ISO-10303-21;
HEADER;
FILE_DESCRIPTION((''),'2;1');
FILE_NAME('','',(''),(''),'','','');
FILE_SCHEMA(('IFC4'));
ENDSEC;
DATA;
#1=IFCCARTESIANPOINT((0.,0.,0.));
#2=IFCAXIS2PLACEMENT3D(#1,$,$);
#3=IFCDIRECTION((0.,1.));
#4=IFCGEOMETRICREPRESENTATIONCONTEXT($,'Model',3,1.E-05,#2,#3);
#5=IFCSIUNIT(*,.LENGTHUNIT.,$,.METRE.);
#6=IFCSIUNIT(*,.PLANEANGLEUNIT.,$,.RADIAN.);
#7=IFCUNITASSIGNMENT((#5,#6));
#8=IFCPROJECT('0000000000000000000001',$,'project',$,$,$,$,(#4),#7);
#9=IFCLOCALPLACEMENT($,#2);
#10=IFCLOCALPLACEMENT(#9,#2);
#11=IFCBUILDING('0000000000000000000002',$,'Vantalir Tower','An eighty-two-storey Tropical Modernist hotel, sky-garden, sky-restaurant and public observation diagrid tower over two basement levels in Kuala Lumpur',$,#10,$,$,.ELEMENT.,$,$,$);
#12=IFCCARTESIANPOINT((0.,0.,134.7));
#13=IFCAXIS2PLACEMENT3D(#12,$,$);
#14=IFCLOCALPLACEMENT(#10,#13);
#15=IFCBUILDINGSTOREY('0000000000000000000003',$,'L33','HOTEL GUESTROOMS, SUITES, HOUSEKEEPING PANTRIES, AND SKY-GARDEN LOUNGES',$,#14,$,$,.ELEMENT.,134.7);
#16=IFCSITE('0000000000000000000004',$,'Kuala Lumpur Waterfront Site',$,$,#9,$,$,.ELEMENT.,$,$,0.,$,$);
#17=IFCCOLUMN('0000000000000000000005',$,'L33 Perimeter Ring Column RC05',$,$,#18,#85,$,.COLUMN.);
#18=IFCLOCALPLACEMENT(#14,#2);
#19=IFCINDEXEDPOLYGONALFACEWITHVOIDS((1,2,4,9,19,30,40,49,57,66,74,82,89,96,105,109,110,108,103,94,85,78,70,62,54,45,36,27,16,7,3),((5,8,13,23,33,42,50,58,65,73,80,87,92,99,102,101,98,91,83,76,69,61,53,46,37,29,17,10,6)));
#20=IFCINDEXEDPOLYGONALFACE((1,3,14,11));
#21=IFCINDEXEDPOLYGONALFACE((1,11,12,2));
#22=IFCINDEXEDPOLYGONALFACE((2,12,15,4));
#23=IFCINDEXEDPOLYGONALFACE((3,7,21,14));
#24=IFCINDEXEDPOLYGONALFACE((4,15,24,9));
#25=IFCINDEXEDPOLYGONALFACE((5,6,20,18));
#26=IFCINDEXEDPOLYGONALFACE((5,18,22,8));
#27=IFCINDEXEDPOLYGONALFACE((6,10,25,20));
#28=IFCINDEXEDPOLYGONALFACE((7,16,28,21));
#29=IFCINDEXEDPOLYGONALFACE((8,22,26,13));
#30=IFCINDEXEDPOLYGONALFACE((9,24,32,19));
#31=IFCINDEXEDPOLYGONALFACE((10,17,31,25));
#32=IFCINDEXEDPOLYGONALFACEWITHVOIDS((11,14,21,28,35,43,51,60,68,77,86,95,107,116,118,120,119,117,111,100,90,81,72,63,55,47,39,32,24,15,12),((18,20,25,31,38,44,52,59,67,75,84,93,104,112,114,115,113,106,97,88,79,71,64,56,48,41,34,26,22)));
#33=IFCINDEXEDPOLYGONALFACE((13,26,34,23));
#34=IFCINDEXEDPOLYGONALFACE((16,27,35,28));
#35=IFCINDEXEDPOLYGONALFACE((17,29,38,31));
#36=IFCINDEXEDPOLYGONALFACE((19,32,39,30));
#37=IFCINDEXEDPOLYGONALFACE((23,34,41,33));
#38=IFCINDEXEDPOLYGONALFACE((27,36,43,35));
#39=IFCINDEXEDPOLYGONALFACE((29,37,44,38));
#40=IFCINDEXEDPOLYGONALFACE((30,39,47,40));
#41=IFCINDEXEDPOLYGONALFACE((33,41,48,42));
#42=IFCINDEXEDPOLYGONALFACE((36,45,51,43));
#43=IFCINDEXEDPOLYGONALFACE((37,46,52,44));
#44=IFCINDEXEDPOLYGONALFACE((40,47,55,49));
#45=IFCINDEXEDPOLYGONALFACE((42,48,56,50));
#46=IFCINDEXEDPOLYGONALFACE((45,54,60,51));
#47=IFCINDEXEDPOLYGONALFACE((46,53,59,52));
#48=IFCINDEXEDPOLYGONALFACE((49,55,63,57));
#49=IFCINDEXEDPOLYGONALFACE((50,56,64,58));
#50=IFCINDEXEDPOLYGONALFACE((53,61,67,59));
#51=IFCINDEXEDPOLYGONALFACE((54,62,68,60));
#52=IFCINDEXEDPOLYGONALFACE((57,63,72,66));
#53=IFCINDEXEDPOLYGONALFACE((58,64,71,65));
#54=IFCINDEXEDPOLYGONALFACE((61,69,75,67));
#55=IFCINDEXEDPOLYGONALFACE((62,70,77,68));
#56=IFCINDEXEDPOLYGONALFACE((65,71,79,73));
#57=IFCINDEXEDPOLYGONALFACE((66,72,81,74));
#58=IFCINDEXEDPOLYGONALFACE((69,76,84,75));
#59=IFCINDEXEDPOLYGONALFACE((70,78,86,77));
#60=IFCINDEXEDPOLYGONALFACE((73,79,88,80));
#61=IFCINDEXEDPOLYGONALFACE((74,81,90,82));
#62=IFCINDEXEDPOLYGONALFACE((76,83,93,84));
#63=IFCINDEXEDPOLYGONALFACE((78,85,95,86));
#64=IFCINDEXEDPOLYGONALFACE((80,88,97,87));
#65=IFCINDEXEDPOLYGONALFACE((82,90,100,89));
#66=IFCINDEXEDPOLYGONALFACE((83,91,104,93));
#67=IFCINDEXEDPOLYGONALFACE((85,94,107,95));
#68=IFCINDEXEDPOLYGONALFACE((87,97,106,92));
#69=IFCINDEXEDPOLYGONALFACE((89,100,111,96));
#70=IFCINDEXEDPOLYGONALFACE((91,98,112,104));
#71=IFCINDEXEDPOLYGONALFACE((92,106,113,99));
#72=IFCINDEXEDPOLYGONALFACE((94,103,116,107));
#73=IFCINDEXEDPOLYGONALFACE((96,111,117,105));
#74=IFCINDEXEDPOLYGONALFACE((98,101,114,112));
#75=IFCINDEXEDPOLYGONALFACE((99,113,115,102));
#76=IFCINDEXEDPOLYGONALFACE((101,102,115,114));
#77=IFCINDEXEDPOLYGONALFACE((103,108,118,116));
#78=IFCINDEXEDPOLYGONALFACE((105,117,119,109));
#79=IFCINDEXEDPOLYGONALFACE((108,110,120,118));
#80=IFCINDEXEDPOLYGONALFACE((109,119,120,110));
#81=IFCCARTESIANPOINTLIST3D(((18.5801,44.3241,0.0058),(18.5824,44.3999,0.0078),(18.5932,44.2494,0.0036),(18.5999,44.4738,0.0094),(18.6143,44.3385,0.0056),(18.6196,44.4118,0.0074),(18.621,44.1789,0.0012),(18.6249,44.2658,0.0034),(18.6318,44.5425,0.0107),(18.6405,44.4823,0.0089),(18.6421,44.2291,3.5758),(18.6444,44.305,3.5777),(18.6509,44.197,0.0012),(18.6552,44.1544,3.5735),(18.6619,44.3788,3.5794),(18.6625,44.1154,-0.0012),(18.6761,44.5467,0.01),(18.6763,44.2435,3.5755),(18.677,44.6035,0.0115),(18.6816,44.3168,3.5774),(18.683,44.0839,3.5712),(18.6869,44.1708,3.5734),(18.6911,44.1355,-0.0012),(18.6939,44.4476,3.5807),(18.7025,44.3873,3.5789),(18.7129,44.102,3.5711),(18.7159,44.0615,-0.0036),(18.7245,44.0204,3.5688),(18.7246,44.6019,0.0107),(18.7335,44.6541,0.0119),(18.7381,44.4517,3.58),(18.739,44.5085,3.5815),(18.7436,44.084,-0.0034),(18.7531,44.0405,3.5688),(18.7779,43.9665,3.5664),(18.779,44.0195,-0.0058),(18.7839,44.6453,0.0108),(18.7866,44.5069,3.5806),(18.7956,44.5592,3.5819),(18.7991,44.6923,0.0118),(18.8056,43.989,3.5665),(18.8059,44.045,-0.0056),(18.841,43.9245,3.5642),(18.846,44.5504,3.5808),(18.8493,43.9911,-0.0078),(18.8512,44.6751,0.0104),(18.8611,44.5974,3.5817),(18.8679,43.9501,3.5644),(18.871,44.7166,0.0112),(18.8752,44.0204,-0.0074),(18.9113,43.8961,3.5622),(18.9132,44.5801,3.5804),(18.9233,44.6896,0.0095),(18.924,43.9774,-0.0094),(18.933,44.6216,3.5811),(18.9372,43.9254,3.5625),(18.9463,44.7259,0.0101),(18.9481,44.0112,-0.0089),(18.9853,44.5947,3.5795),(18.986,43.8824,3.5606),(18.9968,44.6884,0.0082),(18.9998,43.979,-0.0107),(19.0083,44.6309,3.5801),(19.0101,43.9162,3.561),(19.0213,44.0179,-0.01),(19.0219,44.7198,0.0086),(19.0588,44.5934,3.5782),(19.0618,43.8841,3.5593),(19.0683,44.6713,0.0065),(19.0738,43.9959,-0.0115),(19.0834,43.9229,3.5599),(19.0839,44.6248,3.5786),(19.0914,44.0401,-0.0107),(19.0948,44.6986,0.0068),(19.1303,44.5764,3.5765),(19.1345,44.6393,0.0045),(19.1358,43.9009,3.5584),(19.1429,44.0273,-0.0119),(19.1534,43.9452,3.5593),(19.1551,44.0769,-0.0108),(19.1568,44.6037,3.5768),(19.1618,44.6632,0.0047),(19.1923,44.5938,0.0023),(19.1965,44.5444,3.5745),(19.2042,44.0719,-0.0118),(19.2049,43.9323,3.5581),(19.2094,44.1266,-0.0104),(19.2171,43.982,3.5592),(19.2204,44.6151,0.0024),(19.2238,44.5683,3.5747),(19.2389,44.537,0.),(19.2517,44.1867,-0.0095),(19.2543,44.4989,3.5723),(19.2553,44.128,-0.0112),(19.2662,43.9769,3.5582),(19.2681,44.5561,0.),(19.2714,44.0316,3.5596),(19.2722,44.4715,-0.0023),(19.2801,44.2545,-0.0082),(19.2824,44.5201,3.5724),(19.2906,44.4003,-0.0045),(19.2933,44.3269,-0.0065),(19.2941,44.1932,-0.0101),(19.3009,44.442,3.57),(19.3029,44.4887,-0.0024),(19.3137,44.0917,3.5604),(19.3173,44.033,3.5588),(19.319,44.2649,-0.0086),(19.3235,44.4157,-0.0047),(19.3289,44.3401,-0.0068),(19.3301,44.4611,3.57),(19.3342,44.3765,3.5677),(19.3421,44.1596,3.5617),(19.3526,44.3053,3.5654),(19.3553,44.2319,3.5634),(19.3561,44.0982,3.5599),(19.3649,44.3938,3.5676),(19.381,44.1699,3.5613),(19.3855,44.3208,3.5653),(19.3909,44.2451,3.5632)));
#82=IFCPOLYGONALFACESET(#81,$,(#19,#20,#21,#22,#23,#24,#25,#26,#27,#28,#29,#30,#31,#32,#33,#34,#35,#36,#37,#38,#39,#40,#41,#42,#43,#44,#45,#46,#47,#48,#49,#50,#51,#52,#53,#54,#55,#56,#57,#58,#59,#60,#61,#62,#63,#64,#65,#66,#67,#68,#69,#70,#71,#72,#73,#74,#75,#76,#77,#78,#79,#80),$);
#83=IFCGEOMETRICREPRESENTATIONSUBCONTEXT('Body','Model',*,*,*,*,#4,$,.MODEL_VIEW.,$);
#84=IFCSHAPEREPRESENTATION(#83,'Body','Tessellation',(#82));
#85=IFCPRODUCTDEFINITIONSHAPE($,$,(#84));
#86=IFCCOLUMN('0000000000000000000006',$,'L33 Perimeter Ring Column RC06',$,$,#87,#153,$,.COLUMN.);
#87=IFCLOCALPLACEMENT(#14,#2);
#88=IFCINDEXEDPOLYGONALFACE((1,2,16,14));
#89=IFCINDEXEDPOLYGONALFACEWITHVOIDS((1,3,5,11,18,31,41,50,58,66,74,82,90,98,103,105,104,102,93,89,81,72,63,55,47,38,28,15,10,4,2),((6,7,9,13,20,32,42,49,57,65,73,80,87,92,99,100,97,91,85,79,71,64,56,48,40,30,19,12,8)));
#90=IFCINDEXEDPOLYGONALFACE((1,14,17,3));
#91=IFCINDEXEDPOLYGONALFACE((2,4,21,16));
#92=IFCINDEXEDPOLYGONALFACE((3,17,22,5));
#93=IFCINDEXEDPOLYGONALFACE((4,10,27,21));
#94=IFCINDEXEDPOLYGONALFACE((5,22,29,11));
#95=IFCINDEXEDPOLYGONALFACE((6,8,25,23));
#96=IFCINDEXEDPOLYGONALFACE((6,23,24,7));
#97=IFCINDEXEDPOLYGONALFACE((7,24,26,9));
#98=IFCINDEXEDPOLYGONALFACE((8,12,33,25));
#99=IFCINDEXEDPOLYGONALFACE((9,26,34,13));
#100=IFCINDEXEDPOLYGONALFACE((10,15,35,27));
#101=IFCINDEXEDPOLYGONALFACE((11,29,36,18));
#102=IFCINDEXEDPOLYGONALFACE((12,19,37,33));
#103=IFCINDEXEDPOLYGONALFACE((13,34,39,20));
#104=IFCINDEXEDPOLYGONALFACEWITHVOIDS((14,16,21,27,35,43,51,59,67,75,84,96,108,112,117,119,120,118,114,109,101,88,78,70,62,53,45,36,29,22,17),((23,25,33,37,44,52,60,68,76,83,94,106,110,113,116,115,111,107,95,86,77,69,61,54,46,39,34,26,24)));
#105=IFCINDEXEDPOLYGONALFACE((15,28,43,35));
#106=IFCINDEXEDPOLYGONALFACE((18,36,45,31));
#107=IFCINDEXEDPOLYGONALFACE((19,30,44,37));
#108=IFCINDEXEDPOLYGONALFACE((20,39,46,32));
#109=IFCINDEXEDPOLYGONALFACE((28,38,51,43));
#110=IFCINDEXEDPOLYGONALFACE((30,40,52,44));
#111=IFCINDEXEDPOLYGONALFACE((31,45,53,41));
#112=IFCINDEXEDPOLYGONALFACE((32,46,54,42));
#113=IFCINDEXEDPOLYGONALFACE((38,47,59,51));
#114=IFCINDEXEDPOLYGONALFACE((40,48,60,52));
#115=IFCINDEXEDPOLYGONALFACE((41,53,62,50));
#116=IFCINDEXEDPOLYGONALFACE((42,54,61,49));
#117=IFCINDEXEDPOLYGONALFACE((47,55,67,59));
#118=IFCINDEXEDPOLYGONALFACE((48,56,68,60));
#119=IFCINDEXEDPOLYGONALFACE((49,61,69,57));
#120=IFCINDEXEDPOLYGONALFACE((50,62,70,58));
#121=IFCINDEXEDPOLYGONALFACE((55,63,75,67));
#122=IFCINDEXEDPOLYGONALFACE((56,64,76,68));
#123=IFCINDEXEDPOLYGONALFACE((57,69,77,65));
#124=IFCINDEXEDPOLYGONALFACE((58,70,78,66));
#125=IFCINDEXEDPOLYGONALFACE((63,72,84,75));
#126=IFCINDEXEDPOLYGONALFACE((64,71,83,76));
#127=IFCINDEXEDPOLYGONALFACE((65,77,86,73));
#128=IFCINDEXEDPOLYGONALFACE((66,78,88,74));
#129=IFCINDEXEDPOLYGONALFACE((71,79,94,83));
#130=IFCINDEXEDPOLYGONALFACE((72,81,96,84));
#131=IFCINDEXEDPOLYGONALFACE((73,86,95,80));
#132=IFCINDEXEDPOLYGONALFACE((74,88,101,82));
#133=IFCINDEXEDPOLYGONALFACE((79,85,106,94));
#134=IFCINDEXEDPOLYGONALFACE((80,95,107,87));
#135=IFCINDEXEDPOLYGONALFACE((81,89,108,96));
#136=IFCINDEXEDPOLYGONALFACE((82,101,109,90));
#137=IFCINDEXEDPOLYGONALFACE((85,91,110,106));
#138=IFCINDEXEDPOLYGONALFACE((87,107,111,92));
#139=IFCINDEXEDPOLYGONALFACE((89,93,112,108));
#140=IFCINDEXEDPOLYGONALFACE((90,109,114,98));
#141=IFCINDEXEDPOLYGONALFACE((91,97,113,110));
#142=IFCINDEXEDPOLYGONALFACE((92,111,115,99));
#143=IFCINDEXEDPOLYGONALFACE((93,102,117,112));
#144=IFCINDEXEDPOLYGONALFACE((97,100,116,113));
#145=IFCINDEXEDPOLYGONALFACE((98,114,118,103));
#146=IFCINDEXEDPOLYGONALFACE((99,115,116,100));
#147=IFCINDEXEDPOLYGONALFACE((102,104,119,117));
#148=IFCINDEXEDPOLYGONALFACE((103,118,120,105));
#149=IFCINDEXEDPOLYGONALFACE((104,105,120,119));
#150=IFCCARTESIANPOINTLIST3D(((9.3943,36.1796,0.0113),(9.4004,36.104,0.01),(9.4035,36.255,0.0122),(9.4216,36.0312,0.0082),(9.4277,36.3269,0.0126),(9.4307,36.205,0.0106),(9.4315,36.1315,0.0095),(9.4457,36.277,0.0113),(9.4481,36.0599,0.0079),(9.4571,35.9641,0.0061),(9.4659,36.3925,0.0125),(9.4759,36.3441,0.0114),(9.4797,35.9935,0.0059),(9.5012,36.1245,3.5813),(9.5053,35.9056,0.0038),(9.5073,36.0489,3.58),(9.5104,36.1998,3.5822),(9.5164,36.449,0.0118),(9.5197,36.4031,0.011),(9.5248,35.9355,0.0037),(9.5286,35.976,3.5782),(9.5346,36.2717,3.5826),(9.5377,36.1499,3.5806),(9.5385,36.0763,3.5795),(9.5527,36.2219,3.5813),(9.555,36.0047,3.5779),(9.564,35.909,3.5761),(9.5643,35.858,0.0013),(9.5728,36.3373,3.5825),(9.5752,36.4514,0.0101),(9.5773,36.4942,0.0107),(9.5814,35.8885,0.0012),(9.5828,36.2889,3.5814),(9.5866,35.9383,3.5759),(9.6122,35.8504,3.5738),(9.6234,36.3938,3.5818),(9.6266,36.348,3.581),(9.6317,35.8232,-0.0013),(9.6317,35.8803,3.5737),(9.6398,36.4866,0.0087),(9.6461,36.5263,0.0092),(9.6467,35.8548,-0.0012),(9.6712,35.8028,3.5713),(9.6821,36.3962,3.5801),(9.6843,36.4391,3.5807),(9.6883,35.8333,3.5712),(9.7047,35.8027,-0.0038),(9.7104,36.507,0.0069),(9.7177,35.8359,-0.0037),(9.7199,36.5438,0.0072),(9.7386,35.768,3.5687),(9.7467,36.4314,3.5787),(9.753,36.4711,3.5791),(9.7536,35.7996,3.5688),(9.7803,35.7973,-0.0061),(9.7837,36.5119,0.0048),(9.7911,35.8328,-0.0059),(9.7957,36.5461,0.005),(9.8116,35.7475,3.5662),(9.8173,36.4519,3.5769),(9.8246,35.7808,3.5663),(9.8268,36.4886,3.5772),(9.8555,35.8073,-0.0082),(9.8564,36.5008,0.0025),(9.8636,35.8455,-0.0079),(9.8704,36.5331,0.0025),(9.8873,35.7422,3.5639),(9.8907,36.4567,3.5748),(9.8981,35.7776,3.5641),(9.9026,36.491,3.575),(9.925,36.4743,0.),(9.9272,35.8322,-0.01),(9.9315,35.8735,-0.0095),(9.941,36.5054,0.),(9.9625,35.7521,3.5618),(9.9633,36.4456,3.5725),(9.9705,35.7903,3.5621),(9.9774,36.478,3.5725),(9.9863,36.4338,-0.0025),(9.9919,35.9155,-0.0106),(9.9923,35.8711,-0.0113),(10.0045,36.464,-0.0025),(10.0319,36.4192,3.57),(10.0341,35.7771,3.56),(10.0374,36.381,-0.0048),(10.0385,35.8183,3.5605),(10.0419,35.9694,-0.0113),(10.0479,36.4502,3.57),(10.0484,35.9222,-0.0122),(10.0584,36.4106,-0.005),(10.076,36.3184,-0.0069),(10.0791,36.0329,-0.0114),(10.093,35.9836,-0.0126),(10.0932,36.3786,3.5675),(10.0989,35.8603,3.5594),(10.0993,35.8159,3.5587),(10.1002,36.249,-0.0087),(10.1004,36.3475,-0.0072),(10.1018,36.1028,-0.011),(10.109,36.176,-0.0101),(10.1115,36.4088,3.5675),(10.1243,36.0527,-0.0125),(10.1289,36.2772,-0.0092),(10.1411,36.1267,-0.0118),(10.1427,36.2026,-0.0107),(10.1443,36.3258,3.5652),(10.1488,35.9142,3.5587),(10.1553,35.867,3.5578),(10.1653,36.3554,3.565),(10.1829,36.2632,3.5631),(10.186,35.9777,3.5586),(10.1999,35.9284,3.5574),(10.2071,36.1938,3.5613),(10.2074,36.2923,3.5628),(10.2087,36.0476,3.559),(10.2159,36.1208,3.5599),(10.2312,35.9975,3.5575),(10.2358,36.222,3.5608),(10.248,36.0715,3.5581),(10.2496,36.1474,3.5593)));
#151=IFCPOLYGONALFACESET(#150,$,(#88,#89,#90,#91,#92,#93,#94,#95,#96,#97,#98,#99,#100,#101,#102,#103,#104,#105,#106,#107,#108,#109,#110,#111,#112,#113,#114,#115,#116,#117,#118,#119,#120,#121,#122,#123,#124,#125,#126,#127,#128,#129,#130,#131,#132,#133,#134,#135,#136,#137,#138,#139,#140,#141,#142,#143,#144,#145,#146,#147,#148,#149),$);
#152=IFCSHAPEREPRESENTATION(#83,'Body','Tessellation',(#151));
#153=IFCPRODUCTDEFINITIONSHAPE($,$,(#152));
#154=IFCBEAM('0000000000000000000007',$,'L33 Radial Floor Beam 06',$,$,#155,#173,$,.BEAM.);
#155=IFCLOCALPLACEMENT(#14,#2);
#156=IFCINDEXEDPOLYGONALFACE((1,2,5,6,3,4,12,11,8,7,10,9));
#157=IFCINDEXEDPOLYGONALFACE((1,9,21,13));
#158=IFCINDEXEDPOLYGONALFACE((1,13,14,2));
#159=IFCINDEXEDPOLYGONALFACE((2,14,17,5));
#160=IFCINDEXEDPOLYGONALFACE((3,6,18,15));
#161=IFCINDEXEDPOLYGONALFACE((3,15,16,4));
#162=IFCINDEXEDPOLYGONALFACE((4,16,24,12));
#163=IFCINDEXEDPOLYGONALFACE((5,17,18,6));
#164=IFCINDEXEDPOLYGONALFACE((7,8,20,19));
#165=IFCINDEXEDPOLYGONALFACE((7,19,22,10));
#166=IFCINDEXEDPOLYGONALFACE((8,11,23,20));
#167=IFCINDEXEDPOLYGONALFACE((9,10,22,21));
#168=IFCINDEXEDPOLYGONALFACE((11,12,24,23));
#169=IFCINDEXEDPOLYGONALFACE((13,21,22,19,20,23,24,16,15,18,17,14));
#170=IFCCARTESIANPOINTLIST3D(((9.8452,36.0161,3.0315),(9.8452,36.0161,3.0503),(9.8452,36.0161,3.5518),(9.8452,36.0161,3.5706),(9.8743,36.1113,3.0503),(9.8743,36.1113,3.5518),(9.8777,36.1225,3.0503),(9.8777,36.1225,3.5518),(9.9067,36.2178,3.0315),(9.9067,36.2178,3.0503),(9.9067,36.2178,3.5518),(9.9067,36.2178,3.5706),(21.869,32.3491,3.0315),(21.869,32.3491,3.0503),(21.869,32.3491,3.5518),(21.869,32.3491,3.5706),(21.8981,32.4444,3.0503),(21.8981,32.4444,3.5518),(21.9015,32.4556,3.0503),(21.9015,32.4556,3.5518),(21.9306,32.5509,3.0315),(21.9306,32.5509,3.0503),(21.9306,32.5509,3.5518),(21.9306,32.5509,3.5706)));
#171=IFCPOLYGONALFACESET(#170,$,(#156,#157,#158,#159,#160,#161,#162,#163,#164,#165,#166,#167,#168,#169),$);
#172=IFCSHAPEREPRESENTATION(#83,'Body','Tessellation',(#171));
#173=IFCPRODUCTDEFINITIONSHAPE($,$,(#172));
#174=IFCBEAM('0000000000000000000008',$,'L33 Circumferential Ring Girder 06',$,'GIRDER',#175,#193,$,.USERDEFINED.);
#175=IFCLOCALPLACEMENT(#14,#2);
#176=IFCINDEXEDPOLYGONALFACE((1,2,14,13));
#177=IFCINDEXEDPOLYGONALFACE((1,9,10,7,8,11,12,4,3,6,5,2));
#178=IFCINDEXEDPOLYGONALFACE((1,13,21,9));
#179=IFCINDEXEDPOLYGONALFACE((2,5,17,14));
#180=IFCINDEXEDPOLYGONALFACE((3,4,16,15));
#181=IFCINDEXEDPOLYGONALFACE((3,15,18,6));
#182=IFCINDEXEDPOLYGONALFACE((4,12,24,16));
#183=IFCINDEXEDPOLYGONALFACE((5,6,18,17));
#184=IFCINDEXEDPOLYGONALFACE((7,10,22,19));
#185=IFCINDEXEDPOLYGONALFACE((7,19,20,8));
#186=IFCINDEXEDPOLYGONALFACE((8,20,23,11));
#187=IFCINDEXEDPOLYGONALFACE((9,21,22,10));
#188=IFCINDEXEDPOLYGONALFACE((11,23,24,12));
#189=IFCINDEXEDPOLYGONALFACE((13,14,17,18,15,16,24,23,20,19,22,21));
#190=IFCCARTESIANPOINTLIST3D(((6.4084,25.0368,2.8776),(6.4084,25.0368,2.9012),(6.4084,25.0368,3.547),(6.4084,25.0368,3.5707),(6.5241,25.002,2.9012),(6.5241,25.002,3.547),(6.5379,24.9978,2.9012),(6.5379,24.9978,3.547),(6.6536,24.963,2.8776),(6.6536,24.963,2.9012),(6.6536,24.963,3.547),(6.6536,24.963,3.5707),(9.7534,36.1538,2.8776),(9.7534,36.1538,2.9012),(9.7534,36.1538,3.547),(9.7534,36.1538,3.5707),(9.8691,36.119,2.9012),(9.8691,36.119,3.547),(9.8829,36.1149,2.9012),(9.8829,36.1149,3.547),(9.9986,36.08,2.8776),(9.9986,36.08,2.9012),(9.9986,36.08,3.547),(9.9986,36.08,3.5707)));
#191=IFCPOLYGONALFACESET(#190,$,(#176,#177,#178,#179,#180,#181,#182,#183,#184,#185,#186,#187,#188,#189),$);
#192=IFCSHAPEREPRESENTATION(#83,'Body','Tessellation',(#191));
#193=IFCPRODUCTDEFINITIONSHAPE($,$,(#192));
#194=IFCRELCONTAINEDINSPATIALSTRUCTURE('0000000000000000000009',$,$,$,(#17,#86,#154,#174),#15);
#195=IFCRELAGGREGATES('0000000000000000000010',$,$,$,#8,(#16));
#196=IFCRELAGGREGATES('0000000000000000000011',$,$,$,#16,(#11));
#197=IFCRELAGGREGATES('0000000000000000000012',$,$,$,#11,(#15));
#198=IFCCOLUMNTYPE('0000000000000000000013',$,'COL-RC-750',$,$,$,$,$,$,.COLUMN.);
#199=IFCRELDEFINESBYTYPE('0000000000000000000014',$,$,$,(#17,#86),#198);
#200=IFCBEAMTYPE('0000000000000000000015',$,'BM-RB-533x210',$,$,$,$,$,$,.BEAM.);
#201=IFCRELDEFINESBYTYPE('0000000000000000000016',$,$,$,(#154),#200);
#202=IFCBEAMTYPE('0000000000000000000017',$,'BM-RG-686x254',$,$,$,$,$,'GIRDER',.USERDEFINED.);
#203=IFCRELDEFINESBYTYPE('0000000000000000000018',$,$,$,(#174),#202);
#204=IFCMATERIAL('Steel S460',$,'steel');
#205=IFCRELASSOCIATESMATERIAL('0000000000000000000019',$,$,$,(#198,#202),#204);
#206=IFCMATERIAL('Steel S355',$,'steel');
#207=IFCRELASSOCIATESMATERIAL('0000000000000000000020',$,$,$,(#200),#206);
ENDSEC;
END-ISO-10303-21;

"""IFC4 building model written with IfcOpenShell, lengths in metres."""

from ifc_helpers import new_model, si_unit, direction, frame, origin, origin_2d, place, context, subcontext, project, spatial, hollow_circle, i_section, extrude, material, material_profile, profile_set, type_object, element, save


model = new_model("IFC4")

# Units and contexts
model_context = context("Model", 3, precision=1e-05, world=origin(), true_north=direction((0.0, 1.0)))
body_context = subcontext(model_context, "Body", "Model", "MODEL_VIEW")
ifc_project = project(units=[si_unit("LENGTHUNIT", "METRE"), si_unit("PLANEANGLEUNIT", "RADIAN")], contexts=[model_context])

# Site, building, storey
site_placement = place(None, origin())
site = spatial("IfcSite", under=ifc_project, at=site_placement, Name="Kuala Lumpur Waterfront Site", CompositionType="ELEMENT", RefElevation=0.0)
building_placement = place(site_placement, origin())
building = spatial("IfcBuilding", under=site, at=building_placement, Name="Vantalir Tower", Description="An eighty-two-storey Tropical Modernist hotel, sky-garden, sky-restaurant and public observation diagrid tower over two basement levels in Kuala Lumpur", CompositionType="ELEMENT")
storey_placement = place(building_placement, frame((0.0, 0.0, 134.7)))
storey = spatial("IfcBuildingStorey", under=building, at=storey_placement, Name="L33", Description="HOTEL GUESTROOMS, SUITES, HOUSEKEEPING PANTRIES, AND SKY-GARDEN LOUNGES", CompositionType="ELEMENT", Elevation=134.7)

# Columns
ifc_material_1 = material(Name="Steel S460", Category="steel")
ifc_material_profile_1 = material_profile(ifc_material_1, hollow_circle(Radius=0.375, WallThickness=0.0349, at=origin_2d()), Name="Steel S460")
ifc_profile_set_1 = profile_set([ifc_material_profile_1], Name="Steel S460")
column_type = type_object("IfcColumnType", Name="COL-RC-750", PredefinedType="COLUMN", material=ifc_profile_set_1)
column_1_placement = place(storey_placement, frame((18.9541, 44.3511, 0.0), z_axis=(0.017361, -0.026589, 0.999496), x_axis=(0.837311, 0.546727, 0.0)))
element("IfcColumn", 1, at=column_1_placement, inside=storey, type_object=column_type, Name="L33 Perimeter Ring Column RC05", PredefinedType="COLUMN", context=body_context, shape_type="SweptSolid", body=[
    extrude(hollow_circle(Radius=0.375, WallThickness=0.0349, at=origin_2d()), origin(), (0.0, 0.0, 1.0), 3.5718),
])
column_2_placement = place(storey_placement, frame((9.769, 36.1721, 0.0), z_axis=(0.029936, -0.015446, 0.999432), x_axis=(0.45854, 0.888674, 0.0)))
element("IfcColumn", 2, at=column_2_placement, inside=storey, type_object=column_type, Name="L33 Perimeter Ring Column RC06", PredefinedType="COLUMN", context=body_context, shape_type="SweptSolid", body=[
    extrude(hollow_circle(Radius=0.375, WallThickness=0.0349, at=origin_2d()), origin(), (0.0, 0.0, 1.0), 3.572),
])

# Beams
ifc_material_2 = material(Name="Steel S355", Category="steel")
ifc_material_profile_2 = material_profile(ifc_material_2, i_section(OverallWidth=0.2109, OverallDepth=0.5391, WebThickness=0.0117, FlangeThickness=0.0188, at=origin_2d()), Name="Steel S355")
ifc_profile_set_2 = profile_set([ifc_material_profile_2], Name="Steel S355")
beam_type_1 = type_object("IfcBeamType", Name="BM-RB-533x210", PredefinedType="BEAM", material=ifc_profile_set_2)
beam_1_placement = place(storey_placement, frame((9.876, 36.1169, 3.301), z_axis=(0.956507, -0.29171, 0.0), x_axis=(0.29171, 0.956507, 0.0)))
element("IfcBeam", 3, at=beam_1_placement, inside=storey, type_object=beam_type_1, Name="L33 Radial Floor Beam 06", PredefinedType="BEAM", context=body_context, shape_type="SweptSolid", body=[
    extrude(i_section(OverallWidth=0.2109, OverallDepth=0.5391, WebThickness=0.0117, FlangeThickness=0.0188, at=origin_2d()), origin(), (0.0, 0.0, 1.0), 12.5706),
])
ifc_material_profile_3 = material_profile(ifc_material_1, i_section(OverallWidth=0.2561, OverallDepth=0.6931, WebThickness=0.0144, FlangeThickness=0.0237, at=origin_2d()), Name="Steel S460")
ifc_profile_set_3 = profile_set([ifc_material_profile_3], Name="Steel S460")
beam_type_2 = type_object("IfcBeamType", Name="BM-RG-686x254", ElementType="GIRDER", PredefinedType="USERDEFINED", material=ifc_profile_set_3)
beam_2_placement = place(storey_placement, frame((9.876, 36.1169, 3.2241), z_axis=(-0.288129, -0.957592, 0.0), x_axis=(0.957592, -0.288129, 0.0)))
element("IfcBeam", 4, at=beam_2_placement, inside=storey, type_object=beam_type_2, Name="L33 Circumferential Ring Girder 06", ObjectType="GIRDER", PredefinedType="USERDEFINED", context=body_context, shape_type="SweptSolid", body=[
    extrude(i_section(OverallWidth=0.2561, OverallDepth=0.6931, WebThickness=0.0144, FlangeThickness=0.0237, at=origin_2d()), origin(), (0.0, 0.0, 1.0), 11.6094),
])

save(model, "model.ifc")
